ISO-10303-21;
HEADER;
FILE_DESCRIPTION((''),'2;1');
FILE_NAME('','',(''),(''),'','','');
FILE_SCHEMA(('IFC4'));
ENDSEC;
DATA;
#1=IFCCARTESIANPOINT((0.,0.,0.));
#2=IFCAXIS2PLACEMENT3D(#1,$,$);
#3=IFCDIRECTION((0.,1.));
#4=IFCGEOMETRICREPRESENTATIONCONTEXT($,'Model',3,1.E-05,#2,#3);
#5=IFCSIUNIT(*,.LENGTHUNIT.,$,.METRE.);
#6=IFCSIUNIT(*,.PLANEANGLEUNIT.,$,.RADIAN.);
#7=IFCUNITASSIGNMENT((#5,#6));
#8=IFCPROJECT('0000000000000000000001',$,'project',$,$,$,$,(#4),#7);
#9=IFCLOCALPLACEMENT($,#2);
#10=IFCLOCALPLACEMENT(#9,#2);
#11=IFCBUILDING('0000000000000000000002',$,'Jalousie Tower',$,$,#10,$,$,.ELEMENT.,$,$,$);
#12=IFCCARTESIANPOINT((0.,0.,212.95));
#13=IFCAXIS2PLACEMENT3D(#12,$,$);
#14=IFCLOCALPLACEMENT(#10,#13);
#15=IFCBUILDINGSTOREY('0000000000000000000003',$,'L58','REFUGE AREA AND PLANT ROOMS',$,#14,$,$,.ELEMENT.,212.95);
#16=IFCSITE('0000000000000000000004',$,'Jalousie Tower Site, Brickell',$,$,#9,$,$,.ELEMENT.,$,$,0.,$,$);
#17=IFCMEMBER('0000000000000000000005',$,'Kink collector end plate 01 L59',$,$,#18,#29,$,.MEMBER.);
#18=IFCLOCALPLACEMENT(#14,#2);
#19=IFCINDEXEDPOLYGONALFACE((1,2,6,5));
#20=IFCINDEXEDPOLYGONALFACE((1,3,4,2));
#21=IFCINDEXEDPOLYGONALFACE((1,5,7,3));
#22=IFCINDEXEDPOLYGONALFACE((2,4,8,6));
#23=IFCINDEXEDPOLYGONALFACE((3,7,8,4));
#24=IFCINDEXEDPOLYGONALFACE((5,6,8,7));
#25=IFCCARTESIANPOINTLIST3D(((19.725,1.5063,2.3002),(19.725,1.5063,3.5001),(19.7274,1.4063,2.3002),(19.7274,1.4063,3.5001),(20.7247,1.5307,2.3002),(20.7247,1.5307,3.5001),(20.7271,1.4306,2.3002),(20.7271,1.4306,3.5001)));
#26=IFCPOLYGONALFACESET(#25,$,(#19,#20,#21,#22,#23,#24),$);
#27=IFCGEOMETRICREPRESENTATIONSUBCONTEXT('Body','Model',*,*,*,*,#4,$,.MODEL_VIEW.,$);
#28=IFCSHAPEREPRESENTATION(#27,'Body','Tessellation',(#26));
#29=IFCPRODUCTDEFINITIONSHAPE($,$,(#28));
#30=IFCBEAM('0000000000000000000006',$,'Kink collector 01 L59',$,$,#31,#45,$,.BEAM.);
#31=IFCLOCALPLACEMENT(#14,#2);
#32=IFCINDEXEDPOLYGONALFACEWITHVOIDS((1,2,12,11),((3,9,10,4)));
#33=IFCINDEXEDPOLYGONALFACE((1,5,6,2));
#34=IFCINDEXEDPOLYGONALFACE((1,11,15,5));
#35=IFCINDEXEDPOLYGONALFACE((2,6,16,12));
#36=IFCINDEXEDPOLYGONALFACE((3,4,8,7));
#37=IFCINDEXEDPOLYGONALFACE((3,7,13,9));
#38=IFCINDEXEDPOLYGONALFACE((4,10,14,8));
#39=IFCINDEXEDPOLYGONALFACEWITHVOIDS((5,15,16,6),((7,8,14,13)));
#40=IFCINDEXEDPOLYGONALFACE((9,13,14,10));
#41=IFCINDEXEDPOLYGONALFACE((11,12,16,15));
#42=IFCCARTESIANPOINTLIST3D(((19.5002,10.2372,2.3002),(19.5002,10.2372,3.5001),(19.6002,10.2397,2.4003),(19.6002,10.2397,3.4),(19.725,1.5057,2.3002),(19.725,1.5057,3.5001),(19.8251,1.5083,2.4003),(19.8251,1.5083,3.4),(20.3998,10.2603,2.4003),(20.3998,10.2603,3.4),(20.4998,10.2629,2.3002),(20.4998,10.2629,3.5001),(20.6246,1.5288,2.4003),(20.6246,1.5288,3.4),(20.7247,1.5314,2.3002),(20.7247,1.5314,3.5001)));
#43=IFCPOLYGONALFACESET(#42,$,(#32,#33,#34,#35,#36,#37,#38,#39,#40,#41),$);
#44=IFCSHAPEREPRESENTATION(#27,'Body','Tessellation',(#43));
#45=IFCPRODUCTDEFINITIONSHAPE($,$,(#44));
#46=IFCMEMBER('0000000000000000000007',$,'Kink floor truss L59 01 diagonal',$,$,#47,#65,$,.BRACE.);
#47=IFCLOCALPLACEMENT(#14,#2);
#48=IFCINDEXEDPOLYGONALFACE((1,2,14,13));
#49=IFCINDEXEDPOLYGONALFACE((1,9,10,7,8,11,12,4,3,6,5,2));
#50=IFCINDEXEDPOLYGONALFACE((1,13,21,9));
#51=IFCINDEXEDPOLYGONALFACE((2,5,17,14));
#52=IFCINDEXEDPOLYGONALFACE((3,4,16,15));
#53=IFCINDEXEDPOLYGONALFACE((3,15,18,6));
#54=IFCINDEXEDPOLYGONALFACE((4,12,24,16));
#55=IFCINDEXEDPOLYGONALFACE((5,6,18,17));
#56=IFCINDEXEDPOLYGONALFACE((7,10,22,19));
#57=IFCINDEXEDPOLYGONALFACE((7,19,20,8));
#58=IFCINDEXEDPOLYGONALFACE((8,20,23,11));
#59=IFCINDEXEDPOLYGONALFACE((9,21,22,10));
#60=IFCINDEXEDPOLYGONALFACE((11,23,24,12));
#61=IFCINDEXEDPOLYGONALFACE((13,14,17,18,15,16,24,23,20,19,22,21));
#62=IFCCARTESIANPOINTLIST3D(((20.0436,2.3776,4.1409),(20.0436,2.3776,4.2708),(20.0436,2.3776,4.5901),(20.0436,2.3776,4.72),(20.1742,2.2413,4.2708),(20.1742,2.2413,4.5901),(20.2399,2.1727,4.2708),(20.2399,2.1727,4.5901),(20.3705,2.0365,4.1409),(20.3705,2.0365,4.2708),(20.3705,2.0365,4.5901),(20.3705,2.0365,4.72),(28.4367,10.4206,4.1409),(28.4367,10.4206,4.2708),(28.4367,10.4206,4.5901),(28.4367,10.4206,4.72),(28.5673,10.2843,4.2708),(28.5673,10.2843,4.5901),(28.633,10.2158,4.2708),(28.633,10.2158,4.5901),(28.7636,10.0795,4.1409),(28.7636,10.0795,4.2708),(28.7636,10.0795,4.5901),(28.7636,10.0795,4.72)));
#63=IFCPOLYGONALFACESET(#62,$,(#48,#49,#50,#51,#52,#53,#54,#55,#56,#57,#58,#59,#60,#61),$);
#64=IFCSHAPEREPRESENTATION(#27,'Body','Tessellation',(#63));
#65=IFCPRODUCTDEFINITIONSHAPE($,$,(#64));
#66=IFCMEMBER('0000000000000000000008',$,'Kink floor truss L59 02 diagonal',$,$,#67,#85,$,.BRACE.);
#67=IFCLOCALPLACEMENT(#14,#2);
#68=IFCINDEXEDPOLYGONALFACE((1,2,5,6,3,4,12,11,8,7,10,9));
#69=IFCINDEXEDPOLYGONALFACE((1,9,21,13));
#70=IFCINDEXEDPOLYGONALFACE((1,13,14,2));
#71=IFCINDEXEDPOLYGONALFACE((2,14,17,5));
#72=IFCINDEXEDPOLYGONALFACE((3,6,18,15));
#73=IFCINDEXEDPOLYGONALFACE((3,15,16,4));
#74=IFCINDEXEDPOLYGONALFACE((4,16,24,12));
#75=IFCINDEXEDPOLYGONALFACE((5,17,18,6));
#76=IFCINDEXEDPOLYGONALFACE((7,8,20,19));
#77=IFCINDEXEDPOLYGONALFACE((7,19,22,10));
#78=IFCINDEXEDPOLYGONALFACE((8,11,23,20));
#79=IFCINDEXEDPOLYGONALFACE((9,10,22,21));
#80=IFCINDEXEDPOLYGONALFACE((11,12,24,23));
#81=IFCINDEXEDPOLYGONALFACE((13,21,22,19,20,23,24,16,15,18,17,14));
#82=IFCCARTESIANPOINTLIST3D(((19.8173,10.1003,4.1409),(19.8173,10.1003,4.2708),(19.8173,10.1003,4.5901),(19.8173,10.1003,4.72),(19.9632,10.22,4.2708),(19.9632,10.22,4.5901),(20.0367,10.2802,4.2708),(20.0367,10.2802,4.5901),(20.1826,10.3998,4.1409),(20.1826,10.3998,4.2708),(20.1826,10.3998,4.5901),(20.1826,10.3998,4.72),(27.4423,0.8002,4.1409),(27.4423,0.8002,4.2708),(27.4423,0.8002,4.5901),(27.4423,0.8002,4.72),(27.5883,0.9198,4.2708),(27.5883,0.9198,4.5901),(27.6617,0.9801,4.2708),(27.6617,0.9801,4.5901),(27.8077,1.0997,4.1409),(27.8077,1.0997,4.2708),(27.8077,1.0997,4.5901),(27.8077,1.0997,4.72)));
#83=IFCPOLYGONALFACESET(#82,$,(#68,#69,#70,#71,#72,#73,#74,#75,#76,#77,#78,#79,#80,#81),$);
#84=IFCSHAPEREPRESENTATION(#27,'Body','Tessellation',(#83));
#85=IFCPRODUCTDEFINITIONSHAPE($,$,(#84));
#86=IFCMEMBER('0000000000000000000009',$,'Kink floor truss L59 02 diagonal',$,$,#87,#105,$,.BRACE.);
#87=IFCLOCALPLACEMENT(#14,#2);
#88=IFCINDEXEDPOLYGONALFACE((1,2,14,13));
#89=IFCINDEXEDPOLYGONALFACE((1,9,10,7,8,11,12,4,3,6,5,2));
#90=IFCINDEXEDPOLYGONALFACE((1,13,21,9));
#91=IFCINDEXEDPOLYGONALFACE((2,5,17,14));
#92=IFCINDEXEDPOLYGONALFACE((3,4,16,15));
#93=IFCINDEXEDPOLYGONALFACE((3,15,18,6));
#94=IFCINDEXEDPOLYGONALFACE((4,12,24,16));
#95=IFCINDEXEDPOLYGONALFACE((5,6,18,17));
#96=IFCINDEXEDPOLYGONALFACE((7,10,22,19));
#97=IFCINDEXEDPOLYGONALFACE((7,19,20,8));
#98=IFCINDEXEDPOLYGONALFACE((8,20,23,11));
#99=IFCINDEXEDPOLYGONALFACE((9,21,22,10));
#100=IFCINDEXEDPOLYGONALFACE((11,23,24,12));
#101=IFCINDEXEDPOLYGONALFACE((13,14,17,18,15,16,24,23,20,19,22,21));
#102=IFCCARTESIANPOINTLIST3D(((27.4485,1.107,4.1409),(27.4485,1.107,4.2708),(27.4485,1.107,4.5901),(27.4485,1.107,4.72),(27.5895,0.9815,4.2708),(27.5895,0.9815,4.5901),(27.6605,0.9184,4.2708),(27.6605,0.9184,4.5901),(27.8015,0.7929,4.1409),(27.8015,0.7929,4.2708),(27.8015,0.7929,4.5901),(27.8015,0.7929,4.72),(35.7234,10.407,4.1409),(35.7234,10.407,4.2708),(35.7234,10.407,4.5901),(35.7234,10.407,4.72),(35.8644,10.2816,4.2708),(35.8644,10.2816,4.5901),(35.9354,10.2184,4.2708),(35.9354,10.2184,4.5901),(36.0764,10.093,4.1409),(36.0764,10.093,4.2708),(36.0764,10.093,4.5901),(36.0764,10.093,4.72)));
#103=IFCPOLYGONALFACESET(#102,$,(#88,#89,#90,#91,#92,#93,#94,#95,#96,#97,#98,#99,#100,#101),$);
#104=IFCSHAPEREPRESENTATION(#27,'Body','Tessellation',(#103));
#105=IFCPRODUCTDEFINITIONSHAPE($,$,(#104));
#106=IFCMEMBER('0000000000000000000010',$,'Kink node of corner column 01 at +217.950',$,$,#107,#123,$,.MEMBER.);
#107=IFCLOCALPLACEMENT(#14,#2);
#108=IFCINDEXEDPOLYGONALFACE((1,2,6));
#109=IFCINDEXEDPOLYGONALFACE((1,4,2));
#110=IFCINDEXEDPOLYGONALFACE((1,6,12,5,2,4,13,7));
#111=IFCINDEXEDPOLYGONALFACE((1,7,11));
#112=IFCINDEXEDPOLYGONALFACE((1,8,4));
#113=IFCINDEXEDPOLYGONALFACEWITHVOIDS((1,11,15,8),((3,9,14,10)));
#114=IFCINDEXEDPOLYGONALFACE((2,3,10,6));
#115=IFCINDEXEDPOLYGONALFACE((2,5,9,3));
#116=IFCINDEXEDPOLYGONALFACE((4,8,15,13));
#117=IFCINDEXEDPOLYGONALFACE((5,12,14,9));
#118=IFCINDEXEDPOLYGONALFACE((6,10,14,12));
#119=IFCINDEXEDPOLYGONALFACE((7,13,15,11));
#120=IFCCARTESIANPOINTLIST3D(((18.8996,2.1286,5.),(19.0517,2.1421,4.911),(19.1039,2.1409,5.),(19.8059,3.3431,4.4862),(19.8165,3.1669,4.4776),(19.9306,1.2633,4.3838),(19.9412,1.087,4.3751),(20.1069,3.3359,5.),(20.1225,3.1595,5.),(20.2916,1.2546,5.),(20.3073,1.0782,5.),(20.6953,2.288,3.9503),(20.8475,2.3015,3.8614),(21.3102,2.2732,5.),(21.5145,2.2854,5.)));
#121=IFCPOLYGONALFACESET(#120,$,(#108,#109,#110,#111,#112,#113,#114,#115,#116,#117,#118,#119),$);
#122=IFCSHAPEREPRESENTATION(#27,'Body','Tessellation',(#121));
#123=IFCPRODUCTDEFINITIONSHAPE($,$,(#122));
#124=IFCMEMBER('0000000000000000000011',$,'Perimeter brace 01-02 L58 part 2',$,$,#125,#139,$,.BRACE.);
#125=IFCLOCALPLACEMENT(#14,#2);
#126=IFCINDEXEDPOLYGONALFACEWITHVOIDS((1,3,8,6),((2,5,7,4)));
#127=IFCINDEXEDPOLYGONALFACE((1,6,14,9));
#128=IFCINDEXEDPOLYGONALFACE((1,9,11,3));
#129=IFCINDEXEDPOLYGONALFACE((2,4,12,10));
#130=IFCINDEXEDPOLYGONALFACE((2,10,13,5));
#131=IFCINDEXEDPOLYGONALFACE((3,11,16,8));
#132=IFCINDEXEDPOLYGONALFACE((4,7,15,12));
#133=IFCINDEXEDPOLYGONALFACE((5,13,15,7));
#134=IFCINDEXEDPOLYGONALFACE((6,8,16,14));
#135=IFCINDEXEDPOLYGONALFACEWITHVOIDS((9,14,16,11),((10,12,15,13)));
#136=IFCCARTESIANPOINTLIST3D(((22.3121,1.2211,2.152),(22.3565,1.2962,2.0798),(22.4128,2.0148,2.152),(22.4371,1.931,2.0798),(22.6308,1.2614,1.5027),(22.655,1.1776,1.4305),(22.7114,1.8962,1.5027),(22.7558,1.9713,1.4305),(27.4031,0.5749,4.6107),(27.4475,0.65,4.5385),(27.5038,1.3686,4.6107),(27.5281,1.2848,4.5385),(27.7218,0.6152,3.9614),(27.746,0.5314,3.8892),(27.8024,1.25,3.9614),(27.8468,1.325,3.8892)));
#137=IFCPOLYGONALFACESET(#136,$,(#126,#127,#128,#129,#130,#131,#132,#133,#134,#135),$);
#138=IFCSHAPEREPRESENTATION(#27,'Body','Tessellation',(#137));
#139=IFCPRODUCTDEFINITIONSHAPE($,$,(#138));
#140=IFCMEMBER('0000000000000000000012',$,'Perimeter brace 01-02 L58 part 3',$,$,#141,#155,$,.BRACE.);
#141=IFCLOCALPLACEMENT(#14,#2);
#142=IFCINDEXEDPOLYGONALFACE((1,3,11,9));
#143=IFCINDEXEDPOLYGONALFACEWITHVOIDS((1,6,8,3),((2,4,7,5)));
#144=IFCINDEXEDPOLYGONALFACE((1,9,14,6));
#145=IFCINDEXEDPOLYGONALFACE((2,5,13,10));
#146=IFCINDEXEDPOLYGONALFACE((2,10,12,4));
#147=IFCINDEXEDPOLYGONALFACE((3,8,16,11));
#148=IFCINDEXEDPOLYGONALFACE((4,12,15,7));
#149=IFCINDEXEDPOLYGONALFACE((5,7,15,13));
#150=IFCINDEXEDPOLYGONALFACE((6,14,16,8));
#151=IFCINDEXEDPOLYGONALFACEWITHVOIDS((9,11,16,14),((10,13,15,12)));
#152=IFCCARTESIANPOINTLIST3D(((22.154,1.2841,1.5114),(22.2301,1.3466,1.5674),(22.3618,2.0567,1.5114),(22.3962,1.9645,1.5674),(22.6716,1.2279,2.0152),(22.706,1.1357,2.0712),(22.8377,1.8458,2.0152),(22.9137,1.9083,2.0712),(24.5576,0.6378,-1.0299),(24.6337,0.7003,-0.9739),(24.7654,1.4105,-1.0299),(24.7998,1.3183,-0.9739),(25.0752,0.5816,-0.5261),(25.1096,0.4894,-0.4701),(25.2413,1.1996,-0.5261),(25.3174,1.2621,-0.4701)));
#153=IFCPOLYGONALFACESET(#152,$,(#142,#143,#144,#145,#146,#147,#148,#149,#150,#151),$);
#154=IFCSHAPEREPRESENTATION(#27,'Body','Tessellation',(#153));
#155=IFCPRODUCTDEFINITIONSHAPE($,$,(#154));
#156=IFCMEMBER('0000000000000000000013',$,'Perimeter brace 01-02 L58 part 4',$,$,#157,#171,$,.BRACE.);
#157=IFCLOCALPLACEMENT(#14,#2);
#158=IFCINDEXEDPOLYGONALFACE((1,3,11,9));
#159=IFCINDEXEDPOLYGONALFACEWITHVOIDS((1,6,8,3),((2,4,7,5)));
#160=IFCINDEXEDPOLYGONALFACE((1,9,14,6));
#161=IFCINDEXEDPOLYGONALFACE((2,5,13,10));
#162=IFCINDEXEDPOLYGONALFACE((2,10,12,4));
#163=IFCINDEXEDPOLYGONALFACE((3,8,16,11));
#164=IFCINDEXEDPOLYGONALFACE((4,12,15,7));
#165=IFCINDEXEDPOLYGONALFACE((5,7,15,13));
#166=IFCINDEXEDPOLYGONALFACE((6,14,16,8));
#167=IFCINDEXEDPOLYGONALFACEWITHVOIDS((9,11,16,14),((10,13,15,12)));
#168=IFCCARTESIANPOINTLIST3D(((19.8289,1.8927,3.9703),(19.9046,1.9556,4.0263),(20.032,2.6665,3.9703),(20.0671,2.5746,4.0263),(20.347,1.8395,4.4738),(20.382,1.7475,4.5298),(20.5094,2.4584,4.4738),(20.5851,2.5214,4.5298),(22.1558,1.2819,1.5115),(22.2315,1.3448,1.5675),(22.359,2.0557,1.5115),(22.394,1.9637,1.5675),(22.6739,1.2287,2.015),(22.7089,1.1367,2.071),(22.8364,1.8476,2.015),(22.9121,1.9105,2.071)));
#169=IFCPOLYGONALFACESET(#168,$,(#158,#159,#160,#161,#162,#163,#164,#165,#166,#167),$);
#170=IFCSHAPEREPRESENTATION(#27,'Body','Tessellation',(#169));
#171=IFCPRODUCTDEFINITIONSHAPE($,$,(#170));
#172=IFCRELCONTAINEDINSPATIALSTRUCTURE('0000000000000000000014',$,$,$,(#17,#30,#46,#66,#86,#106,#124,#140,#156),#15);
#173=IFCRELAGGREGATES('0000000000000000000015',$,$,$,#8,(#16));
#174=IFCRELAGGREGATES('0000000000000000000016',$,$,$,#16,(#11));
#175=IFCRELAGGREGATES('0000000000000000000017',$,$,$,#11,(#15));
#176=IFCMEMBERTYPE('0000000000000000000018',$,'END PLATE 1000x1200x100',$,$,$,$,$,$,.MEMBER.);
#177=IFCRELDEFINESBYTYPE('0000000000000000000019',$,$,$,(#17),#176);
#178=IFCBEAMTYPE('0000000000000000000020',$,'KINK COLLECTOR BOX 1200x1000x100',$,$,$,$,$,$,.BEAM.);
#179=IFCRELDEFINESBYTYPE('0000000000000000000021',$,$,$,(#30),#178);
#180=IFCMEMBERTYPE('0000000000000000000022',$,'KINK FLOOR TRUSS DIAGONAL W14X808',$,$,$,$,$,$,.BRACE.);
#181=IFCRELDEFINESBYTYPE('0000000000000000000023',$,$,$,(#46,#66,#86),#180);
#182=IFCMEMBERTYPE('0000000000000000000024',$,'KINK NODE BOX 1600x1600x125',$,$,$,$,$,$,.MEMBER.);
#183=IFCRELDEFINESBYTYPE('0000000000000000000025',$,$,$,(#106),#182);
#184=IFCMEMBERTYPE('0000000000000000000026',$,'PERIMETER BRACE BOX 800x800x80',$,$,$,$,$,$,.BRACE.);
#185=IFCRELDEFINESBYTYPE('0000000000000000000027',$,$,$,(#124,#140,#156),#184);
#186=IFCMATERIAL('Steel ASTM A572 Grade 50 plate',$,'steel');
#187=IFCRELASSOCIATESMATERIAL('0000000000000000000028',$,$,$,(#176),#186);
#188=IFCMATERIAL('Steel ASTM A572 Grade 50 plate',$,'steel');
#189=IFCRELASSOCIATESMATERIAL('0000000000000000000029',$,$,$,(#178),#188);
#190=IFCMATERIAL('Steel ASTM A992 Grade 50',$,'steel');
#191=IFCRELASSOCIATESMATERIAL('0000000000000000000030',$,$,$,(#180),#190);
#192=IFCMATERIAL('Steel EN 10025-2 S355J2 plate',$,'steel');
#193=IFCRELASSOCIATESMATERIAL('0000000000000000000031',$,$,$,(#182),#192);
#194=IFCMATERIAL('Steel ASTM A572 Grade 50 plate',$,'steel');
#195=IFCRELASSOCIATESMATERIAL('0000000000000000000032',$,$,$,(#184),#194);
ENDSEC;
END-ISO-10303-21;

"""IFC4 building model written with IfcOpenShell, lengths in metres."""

from ifc_helpers import new_model, si_unit, direction, frame, origin, origin_2d, place, context, subcontext, project, spatial, rectangle, hollow_rectangle, i_section, extrude, clip, halfspace, material, material_profile, profile_set, type_object, element, save


model = new_model("IFC4")

# Units and contexts
model_context = context("Model", 3, precision=1e-05, world=origin(), true_north=direction((0.0, 1.0)))
body_context = subcontext(model_context, "Body", "Model", "MODEL_VIEW")
ifc_project = project(units=[si_unit("LENGTHUNIT", "METRE"), si_unit("PLANEANGLEUNIT", "RADIAN")], contexts=[model_context])

# Site, building, storey
site_placement = place(None, origin())
site = spatial("IfcSite", under=ifc_project, at=site_placement, Name="Jalousie Tower Site, Brickell", CompositionType="ELEMENT", RefElevation=0.0)
building_placement = place(site_placement, origin())
building = spatial("IfcBuilding", under=site, at=building_placement, Name="Jalousie Tower", CompositionType="ELEMENT")
storey_placement = place(building_placement, frame((0.0, 0.0, 212.95)))
storey = spatial("IfcBuildingStorey", under=building, at=storey_placement, Name="L58", Description="REFUGE AREA AND PLANT ROOMS", CompositionType="ELEMENT", Elevation=212.95)

# Member
ifc_material_1 = material(Name="Steel ASTM A572 Grade 50 plate", Category="steel")
ifc_material_profile_1 = material_profile(ifc_material_1, rectangle(XDim=1.0, YDim=1.2, at=origin_2d()), Name="END PLATE 1000x1200x100")
ifc_profile_set_1 = profile_set([ifc_material_profile_1], Name="Steel ASTM A572 Grade 50 plate")
member_type_1 = type_object("IfcMemberType", Name="END PLATE 1000x1200x100", PredefinedType="MEMBER", material=ifc_profile_set_1)
member_1_placement = place(storey_placement, frame((20.2273, 1.4185, 2.9001), z_axis=(-0.024383, 0.999703, 0.0), x_axis=(-0.999703, -0.024383, 0.0)))
element("IfcMember", 1, at=member_1_placement, inside=storey, type_object=member_type_1, Name="Kink collector end plate 01 L59", PredefinedType="MEMBER", context=body_context, shape_type="SweptSolid", body=[
    extrude(rectangle(XDim=1.0, YDim=1.2, at=origin_2d()), origin(), (0.0, 0.0, 1.0), 0.1001),
])

# Beam
ifc_material_2 = material(Name="Steel ASTM A572 Grade 50 plate", Category="steel")
ifc_material_profile_2 = material_profile(ifc_material_2, hollow_rectangle(XDim=1.0, YDim=1.2, WallThickness=0.1001, at=origin_2d()), Name="BOX 1200x1000x100")
ifc_profile_set_2 = profile_set([ifc_material_profile_2], Name="Steel ASTM A572 Grade 50 plate")
beam_type_1 = type_object("IfcBeamType", Name="KINK COLLECTOR BOX 1200x1000x100", PredefinedType="BEAM", material=ifc_profile_set_2)
beam_1_placement = place(storey_placement, frame((20.2249, 1.5186, 2.9001), z_axis=(-0.025744, 0.999669, 0.0), x_axis=(-0.999669, -0.025744, 0.0)))
element("IfcBeam", 2, at=beam_1_placement, inside=storey, type_object=beam_type_1, Name="Kink collector 01 L59", PredefinedType="BEAM", context=body_context, shape_type="SweptSolid", body=[
    extrude(hollow_rectangle(XDim=1.0, YDim=1.2, WallThickness=0.1001, at=origin_2d()), origin(), (0.0, 0.0, 1.0), 8.7344),
])

# Members
ifc_material_3 = material(Name="Steel ASTM A992 Grade 50", Category="steel")
ifc_material_profile_3 = material_profile(ifc_material_3, i_section(OverallWidth=0.4724, OverallDepth=0.5791, WebThickness=0.095, FlangeThickness=0.1299, at=origin_2d()), Name="W14X808")
ifc_profile_set_3 = profile_set([ifc_material_profile_3], Name="Steel ASTM A992 Grade 50")
member_type_2 = type_object("IfcMemberType", Name="KINK FLOOR TRUSS DIAGONAL W14X808", PredefinedType="BRACE", material=ifc_profile_set_3)
member_2_placement = place(storey_placement, frame((20.207, 2.207, 4.4304), z_axis=(0.722005, 0.691888, 0.0), x_axis=(-0.691888, 0.722005, 0.0)))
element("IfcMember", 3, at=member_2_placement, inside=storey, type_object=member_type_2, Name="Kink floor truss L59 01 diagonal", PredefinedType="BRACE", context=body_context, shape_type="SweptSolid", body=[
    extrude(i_section(OverallWidth=0.4724, OverallDepth=0.5791, WebThickness=0.095, FlangeThickness=0.1299, at=origin_2d()), origin(), (0.0, 0.0, 1.0), 11.6248),
])
member_3_placement = place(storey_placement, frame((27.625, 0.95, 4.4304), z_axis=(-0.634028, 0.77331, 0.0), x_axis=(-0.77331, -0.634028, 0.0)))
element("IfcMember", 4, at=member_3_placement, inside=storey, type_object=member_type_2, Name="Kink floor truss L59 02 diagonal", PredefinedType="BRACE", context=body_context, shape_type="SweptSolid", body=[
    extrude(i_section(OverallWidth=0.4724, OverallDepth=0.5791, WebThickness=0.095, FlangeThickness=0.1299, at=origin_2d()), origin(), (0.0, 0.0, 1.0), 12.0264),
])
member_4_placement = place(storey_placement, frame((27.625, 0.95, 4.4304), z_axis=(0.664731, 0.747082, 0.0), x_axis=(-0.747082, 0.664731, 0.0)))
element("IfcMember", 5, at=member_4_placement, inside=storey, type_object=member_type_2, Name="Kink floor truss L59 02 diagonal", PredefinedType="BRACE", context=body_context, shape_type="SweptSolid", body=[
    extrude(i_section(OverallWidth=0.4724, OverallDepth=0.5791, WebThickness=0.095, FlangeThickness=0.1299, at=origin_2d()), origin(), (0.0, 0.0, 1.0), 12.4485),
])
ifc_material_4 = material(Name="Steel EN 10025-2 S355J2 plate", Category="steel")
ifc_material_profile_4 = material_profile(ifc_material_4, hollow_rectangle(XDim=1.6001, YDim=1.6001, WallThickness=0.125, at=origin_2d()), Name="BOX 1600x1600x125")
ifc_profile_set_4 = profile_set([ifc_material_profile_4], Name="Steel EN 10025-2 S355J2 plate")
member_type_3 = type_object("IfcMemberType", Name="KINK NODE BOX 1600x1600x125", PredefinedType="MEMBER", material=ifc_profile_set_4)
member_5_placement = place(storey_placement, frame((19.8735, 2.2151, 4.4307), z_axis=(0.505397, -0.012209, 0.862801), x_axis=(0.566414, 0.759016, -0.321044)))
element("IfcMember", 6, at=member_5_placement, inside=storey, type_object=member_type_3, Name="Kink node of corner column 01 at +217.950", PredefinedType="MEMBER", context=body_context, shape_type="Clipping", body=[
    clip(extrude(hollow_rectangle(XDim=1.6001, YDim=1.6001, WallThickness=0.125, at=origin_2d()), origin(), (0.0, 0.0, 1.0), 1.3198), halfspace(frame((0.0, 0.0, 0.6599), z_axis=(-0.321044, 0.39052, 0.862801)), False)),
])
ifc_material_5 = material(Name="Steel ASTM A572 Grade 50 plate", Category="steel")
ifc_material_profile_5 = material_profile(ifc_material_5, hollow_rectangle(XDim=0.8, YDim=0.8, WallThickness=0.0801, at=origin_2d()), Name="BOX 800x800x80")
ifc_profile_set_5 = profile_set([ifc_material_profile_5], Name="Steel ASTM A572 Grade 50 plate")
member_type_4 = type_object("IfcMemberType", Name="PERIMETER BRACE BOX 800x800x80", PredefinedType="BRACE", material=ifc_profile_set_5)
member_6_placement = place(storey_placement, frame((22.5339, 1.5962, 1.7913), z_axis=(0.894658, -0.113564, 0.432077), x_axis=(0.125926, 0.99204, 0.0)))
element("IfcMember", 7, at=member_6_placement, inside=storey, type_object=member_type_4, Name="Perimeter brace 01-02 L58 part 2", PredefinedType="BRACE", context=body_context, shape_type="SweptSolid", body=[
    extrude(hollow_rectangle(XDim=0.8, YDim=0.8, WallThickness=0.0801, at=origin_2d()), origin(), (0.0, 0.0, 1.0), 5.6904),
])
member_7_placement = place(storey_placement, frame((24.9375, 0.95, -0.75), z_axis=(-0.675715, 0.181678, 0.714425), x_axis=(-0.259646, -0.965704, 0.0)))
element("IfcMember", 8, at=member_7_placement, inside=storey, type_object=member_type_4, Name="Perimeter brace 01-02 L58 part 3", PredefinedType="BRACE", context=body_context, shape_type="SweptSolid", body=[
    extrude(hollow_rectangle(XDim=0.8, YDim=0.8, WallThickness=0.0801, at=origin_2d()), origin(), (0.0, 0.0, 1.0), 3.5571),
])
member_8_placement = place(storey_placement, frame((22.5339, 1.5962, 1.7913), z_axis=(-0.676442, 0.177574, 0.714768), x_axis=(-0.253909, -0.967228, 0.0)))
element("IfcMember", 9, at=member_8_placement, inside=storey, type_object=member_type_4, Name="Perimeter brace 01-02 L58 part 4", PredefinedType="BRACE", context=body_context, shape_type="SweptSolid", body=[
    extrude(hollow_rectangle(XDim=0.8, YDim=0.8, WallThickness=0.0801, at=origin_2d()), origin(), (0.0, 0.0, 1.0), 3.4399),
])

save(model, "model.ifc")
